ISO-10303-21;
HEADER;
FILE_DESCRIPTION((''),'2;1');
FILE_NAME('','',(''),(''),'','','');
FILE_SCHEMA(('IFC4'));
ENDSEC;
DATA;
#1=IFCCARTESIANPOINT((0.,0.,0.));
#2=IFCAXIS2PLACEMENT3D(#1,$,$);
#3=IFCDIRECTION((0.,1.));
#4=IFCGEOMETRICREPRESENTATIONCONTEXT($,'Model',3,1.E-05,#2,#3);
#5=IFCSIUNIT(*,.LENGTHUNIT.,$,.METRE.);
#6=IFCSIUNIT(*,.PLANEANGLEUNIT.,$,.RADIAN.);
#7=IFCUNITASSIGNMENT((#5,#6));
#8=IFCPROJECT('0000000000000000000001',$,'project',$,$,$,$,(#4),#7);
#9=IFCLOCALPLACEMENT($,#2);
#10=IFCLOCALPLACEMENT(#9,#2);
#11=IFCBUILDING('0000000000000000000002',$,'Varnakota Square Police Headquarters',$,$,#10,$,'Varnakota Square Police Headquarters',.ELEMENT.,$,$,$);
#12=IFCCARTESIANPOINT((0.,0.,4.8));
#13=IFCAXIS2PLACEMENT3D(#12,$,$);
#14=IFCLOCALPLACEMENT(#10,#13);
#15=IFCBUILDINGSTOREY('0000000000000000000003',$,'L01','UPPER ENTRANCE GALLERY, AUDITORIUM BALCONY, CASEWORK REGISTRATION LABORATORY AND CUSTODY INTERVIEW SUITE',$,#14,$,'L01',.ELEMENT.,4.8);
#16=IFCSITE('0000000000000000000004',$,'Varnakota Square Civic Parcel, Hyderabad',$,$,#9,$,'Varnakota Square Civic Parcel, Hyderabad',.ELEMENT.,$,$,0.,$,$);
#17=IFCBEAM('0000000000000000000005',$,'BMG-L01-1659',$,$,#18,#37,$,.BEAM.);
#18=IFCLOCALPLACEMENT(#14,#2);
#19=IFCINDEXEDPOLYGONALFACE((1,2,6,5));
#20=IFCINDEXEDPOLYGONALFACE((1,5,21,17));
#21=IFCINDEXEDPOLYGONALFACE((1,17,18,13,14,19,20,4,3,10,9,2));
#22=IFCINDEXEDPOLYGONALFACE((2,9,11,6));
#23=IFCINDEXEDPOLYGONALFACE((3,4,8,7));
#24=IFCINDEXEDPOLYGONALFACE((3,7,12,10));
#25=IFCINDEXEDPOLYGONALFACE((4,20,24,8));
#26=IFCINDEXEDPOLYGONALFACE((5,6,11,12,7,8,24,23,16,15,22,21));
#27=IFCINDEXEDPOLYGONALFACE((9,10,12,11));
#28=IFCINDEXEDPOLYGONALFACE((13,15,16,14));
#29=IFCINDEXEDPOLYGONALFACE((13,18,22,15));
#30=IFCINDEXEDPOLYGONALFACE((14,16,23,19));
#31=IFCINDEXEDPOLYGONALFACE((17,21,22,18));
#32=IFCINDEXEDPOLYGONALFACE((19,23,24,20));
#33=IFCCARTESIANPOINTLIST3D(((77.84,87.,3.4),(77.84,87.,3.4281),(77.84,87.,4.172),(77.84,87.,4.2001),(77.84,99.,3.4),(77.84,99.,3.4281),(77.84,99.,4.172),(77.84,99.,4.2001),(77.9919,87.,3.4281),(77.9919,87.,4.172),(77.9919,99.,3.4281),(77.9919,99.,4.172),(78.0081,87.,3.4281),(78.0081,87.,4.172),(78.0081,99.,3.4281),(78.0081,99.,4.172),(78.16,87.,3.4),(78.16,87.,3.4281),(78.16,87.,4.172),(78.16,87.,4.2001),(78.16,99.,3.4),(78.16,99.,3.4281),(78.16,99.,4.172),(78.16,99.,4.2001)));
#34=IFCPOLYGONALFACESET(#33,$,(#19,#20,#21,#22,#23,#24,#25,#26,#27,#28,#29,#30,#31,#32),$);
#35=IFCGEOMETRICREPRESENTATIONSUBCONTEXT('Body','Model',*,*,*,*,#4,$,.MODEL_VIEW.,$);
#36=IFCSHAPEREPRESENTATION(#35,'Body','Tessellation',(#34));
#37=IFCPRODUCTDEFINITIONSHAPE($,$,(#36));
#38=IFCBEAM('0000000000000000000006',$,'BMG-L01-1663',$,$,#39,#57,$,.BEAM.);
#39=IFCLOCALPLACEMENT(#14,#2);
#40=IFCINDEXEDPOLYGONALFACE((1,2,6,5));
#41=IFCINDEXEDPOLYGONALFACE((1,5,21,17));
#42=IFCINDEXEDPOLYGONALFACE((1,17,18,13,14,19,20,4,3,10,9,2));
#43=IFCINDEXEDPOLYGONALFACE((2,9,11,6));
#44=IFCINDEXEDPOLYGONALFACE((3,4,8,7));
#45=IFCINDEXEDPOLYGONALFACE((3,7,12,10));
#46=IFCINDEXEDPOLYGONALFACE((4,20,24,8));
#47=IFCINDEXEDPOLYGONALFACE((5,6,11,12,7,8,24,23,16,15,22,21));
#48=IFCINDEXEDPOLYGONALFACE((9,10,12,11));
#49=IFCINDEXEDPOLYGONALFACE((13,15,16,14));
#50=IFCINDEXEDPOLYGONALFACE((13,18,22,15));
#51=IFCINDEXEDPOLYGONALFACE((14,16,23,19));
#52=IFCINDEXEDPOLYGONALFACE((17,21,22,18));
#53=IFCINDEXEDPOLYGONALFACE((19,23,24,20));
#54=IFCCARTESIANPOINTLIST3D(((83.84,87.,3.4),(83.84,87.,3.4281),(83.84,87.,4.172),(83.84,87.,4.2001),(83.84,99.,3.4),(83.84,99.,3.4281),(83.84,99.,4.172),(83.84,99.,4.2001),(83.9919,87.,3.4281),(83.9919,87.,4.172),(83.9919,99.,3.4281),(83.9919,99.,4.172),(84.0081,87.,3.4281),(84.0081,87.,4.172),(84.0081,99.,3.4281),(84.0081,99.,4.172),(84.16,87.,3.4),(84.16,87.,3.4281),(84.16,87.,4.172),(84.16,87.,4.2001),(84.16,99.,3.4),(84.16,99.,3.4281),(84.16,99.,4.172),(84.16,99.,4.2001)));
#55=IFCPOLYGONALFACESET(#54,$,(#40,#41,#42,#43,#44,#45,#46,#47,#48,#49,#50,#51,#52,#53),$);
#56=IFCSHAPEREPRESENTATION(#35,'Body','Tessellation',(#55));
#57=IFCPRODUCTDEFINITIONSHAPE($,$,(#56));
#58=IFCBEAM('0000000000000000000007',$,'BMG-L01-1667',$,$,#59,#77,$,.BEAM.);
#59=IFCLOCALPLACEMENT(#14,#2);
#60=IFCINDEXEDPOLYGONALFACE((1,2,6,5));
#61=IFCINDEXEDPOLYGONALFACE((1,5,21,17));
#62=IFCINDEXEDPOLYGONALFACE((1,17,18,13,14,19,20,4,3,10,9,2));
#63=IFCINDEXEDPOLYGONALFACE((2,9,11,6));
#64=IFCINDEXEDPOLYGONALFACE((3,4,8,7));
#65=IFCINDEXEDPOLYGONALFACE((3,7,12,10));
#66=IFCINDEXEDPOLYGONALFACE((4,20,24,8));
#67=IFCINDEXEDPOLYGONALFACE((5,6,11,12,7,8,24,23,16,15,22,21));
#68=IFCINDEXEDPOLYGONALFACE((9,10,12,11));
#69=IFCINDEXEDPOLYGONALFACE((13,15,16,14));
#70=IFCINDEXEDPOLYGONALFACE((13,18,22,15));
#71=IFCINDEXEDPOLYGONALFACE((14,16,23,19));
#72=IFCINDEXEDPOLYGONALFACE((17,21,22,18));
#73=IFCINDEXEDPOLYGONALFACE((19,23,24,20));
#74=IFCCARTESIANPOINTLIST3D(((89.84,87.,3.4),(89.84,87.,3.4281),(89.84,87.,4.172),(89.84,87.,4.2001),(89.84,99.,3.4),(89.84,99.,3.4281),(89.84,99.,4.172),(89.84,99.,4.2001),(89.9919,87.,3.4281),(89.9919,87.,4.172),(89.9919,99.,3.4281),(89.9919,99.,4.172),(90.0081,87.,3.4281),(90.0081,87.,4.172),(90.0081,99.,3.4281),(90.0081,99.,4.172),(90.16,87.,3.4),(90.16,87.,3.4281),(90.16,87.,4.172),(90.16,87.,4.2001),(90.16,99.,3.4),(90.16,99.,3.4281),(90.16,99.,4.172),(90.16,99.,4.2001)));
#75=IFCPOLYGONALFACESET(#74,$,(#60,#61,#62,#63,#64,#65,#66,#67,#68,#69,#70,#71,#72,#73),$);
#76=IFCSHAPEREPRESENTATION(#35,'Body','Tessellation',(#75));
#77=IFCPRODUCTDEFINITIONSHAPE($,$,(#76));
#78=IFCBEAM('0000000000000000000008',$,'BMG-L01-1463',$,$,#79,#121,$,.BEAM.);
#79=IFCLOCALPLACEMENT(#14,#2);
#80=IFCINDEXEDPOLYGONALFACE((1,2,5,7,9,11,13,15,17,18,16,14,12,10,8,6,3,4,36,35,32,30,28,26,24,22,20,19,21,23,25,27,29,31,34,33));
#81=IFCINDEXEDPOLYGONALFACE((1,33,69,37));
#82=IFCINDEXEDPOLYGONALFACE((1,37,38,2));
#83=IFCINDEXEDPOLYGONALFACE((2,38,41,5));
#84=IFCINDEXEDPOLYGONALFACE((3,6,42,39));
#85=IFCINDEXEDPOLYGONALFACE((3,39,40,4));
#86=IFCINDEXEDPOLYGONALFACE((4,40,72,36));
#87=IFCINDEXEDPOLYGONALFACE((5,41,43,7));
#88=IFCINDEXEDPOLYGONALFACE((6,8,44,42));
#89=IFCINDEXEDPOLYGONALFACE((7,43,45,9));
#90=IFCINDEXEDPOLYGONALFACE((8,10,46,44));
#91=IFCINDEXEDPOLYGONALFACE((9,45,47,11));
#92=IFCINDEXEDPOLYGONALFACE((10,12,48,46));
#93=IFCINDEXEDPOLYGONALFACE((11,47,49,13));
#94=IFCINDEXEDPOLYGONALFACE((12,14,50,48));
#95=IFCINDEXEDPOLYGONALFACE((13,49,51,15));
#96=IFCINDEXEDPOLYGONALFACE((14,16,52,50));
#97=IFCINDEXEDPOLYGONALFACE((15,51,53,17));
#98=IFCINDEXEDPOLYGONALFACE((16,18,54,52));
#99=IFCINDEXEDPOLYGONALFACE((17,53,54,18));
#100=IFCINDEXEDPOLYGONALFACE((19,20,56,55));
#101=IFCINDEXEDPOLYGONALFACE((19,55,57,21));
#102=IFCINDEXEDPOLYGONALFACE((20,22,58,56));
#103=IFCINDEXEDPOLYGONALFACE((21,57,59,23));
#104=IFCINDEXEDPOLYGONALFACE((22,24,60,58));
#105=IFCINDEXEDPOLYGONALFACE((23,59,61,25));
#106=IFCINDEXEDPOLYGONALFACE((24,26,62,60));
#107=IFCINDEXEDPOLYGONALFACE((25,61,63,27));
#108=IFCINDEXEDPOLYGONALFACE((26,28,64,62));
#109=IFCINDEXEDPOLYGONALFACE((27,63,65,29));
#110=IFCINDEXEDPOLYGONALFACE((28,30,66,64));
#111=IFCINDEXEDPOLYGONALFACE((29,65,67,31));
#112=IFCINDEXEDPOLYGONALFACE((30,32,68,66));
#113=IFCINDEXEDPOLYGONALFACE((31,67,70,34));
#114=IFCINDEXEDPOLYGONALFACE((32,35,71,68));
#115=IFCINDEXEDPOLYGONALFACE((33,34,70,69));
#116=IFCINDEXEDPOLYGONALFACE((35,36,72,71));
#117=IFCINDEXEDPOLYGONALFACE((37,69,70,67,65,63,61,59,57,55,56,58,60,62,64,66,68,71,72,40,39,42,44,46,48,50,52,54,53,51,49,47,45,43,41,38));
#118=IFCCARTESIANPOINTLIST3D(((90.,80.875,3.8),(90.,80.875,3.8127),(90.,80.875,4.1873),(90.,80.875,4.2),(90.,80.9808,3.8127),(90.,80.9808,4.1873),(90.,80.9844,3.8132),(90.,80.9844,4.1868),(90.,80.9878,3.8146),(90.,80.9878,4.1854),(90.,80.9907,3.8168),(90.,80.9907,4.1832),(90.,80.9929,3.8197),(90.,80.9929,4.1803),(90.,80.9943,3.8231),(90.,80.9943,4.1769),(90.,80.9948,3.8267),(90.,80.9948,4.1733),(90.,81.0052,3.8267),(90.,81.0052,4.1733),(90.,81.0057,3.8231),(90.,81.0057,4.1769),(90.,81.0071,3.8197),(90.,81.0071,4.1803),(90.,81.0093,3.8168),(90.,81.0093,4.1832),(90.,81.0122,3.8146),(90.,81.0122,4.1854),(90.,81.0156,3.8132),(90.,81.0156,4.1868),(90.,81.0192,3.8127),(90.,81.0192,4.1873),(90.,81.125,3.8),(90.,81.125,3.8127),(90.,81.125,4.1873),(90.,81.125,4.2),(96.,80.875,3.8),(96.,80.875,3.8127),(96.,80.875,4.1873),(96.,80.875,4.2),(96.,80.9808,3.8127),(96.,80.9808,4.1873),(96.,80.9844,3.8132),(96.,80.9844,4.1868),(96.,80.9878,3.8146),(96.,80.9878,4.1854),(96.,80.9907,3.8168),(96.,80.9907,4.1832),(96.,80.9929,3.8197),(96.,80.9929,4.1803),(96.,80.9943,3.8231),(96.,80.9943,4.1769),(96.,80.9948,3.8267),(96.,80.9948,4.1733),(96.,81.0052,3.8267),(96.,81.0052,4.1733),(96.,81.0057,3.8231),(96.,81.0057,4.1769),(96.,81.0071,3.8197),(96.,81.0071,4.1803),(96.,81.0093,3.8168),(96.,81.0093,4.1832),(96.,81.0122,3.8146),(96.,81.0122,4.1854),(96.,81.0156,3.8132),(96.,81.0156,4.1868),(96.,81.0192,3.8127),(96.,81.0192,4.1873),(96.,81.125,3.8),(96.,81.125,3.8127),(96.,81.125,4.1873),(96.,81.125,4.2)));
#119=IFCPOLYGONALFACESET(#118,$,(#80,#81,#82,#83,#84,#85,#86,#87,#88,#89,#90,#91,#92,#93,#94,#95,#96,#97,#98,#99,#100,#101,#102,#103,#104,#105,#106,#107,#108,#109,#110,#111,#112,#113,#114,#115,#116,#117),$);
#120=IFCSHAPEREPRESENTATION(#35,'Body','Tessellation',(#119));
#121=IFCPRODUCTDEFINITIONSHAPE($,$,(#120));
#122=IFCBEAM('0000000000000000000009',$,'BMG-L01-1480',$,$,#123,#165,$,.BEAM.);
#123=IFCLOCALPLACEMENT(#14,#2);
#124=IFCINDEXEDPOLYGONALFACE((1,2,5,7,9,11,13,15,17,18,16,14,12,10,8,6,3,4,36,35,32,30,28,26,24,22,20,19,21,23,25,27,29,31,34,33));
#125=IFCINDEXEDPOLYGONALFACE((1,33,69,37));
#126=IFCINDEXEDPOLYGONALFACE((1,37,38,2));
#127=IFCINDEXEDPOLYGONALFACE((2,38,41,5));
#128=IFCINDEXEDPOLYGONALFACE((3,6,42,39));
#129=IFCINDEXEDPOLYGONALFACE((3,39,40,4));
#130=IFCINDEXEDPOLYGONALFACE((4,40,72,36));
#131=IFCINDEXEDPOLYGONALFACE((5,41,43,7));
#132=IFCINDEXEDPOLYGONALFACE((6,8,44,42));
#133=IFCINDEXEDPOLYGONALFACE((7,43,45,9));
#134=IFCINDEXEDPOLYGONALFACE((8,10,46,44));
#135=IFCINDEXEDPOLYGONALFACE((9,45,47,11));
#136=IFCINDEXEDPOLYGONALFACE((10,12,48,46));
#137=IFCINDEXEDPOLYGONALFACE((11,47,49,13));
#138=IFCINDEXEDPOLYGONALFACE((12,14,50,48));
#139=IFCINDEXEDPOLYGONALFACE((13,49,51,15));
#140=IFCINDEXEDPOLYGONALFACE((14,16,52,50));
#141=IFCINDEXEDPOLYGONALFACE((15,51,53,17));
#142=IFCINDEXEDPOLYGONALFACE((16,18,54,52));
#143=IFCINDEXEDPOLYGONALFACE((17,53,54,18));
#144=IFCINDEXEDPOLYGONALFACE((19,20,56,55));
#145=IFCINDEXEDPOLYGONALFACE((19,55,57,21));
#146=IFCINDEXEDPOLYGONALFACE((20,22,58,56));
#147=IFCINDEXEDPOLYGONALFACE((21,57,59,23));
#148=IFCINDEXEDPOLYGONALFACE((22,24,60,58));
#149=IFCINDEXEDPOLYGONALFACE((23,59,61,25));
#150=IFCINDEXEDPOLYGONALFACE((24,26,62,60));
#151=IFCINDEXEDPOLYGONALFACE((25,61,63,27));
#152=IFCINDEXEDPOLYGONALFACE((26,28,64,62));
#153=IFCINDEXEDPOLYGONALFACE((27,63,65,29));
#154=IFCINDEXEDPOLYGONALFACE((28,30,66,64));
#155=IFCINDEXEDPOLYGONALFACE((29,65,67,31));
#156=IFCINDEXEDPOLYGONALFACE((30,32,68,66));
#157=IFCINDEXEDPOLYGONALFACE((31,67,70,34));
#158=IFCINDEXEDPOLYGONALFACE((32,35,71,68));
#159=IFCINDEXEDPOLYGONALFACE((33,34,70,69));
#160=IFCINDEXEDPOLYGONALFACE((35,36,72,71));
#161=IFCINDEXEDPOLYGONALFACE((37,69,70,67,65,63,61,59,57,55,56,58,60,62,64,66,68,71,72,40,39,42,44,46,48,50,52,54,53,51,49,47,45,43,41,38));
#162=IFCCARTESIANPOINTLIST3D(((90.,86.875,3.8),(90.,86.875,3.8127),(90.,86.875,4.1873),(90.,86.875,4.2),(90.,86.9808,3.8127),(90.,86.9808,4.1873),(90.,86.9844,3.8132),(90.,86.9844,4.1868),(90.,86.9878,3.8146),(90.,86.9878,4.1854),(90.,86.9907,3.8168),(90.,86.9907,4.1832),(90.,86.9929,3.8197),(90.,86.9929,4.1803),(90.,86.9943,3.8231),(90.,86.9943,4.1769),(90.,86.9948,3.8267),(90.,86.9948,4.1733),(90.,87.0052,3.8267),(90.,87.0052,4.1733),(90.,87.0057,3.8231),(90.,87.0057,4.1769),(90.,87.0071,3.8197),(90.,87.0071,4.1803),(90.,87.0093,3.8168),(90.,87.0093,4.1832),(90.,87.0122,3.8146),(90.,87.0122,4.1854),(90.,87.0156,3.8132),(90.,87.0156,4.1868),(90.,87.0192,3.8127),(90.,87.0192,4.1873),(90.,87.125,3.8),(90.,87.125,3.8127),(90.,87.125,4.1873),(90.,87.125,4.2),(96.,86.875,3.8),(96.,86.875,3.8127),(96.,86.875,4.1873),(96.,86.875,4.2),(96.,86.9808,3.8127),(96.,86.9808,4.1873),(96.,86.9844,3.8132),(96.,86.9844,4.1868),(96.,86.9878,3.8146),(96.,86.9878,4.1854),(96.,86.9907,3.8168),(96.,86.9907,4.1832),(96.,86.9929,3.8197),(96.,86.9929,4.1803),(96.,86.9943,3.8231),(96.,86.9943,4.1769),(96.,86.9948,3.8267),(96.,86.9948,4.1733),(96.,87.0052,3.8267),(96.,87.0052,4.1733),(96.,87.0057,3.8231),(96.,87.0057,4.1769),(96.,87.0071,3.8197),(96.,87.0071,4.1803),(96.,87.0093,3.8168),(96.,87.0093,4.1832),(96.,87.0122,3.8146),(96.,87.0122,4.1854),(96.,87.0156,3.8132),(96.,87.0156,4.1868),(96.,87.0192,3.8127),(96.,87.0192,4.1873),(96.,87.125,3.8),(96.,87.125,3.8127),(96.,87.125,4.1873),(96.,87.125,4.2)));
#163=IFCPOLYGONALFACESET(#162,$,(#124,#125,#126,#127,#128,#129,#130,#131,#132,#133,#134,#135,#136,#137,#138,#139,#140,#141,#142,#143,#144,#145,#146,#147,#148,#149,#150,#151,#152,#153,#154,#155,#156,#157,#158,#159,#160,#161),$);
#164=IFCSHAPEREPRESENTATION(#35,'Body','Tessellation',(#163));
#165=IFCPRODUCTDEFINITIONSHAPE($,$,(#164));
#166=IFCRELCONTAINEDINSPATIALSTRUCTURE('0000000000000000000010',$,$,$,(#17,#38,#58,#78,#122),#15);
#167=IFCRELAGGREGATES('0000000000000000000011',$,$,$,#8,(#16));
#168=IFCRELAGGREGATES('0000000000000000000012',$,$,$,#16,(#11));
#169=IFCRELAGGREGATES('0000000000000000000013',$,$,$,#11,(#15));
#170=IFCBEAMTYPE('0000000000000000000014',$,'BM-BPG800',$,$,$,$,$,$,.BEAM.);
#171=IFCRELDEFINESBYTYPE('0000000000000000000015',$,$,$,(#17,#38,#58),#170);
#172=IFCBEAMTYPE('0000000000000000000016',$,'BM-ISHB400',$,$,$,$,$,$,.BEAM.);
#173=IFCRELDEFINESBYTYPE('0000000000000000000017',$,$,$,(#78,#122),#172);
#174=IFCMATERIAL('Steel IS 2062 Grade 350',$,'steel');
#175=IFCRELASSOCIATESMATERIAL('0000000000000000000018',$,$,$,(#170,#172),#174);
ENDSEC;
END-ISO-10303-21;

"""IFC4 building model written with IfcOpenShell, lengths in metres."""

from ifc_helpers import new_model, si_unit, direction, frame, origin, origin_2d, place, context, subcontext, project, spatial, i_section, extrude, material, material_profile, profile_set, type_object, element, save


model = new_model("IFC4")

# Units and contexts
model_context = context("Model", 3, precision=1e-05, world=origin(), true_north=direction((0.0, 1.0)))
body_context = subcontext(model_context, "Body", "Model", "MODEL_VIEW")
ifc_project = project(units=[si_unit("LENGTHUNIT", "METRE"), si_unit("PLANEANGLEUNIT", "RADIAN")], contexts=[model_context])

# Site, building, storey
site_placement = place(None, origin())
site = spatial("IfcSite", under=ifc_project, at=site_placement, Name="Varnakota Square Civic Parcel, Hyderabad", LongName="Varnakota Square Civic Parcel, Hyderabad", CompositionType="ELEMENT", RefElevation=0.0)
building_placement = place(site_placement, origin())
building = spatial("IfcBuilding", under=site, at=building_placement, Name="Varnakota Square Police Headquarters", LongName="Varnakota Square Police Headquarters", CompositionType="ELEMENT")
storey_placement = place(building_placement, frame((0.0, 0.0, 4.8)))
storey = spatial("IfcBuildingStorey", under=building, at=storey_placement, Name="L01", Description="UPPER ENTRANCE GALLERY, AUDITORIUM BALCONY, CASEWORK REGISTRATION LABORATORY AND CUSTODY INTERVIEW SUITE", LongName="L01", CompositionType="ELEMENT", Elevation=4.8)

# Shared definitions
ifc_material_1 = material(Name="Steel IS 2062 Grade 350", Category="steel")

# Beams
ifc_material_profile_1 = material_profile(ifc_material_1, i_section(OverallWidth=0.3201, OverallDepth=0.8, WebThickness=0.0161, FlangeThickness=0.0281, at=origin_2d()), Name="BPG 800x320")
ifc_profile_set_1 = profile_set([ifc_material_profile_1], Name="Steel IS 2062 Grade 350")
beam_type_1 = type_object("IfcBeamType", Name="BM-BPG800", PredefinedType="BEAM", material=ifc_profile_set_1)
for number, where, z_axis, x_axis, name in (
    (1, (78.0, 87.0, 3.8), (0.0, 1.0, 0.0), (-1.0, 0.0, 0.0), "BMG-L01-1659"),
    (2, (84.0, 87.0, 3.8), (0.0, 1.0, 0.0), (-1.0, 0.0, 0.0), "BMG-L01-1663"),
    (3, (90.0, 87.0, 3.8), (0.0, 1.0, 0.0), (-1.0, 0.0, 0.0), "BMG-L01-1667"),
):
    element("IfcBeam", number, at=place(storey_placement, frame(where, z_axis=z_axis, x_axis=x_axis)), inside=storey, type_object=beam_type_1, Name=name, PredefinedType="BEAM", context=body_context, shape_type="SweptSolid", body=[
        extrude(i_section(OverallWidth=0.3201, OverallDepth=0.8, WebThickness=0.0161, FlangeThickness=0.0281, at=origin_2d()), origin(), (0.0, 0.0, 1.0), 12.0),
    ])
ifc_material_profile_2 = material_profile(ifc_material_1, i_section(OverallWidth=0.25, OverallDepth=0.3999, WebThickness=0.0105, FlangeThickness=0.0127, FilletRadius=0.0139, at=origin_2d()), Name="ISHB 400")
ifc_profile_set_2 = profile_set([ifc_material_profile_2], Name="Steel IS 2062 Grade 350")
beam_type_2 = type_object("IfcBeamType", Name="BM-ISHB400", PredefinedType="BEAM", material=ifc_profile_set_2)
for number, where, z_axis, x_axis, name in (
    (4, (90.0, 81.0, 4.0), (1.0, 0.0, 0.0), (0.0, 1.0, 0.0), "BMG-L01-1463"),
    (5, (90.0, 87.0, 4.0), (1.0, 0.0, 0.0), (0.0, 1.0, 0.0), "BMG-L01-1480"),
):
    element("IfcBeam", number, at=place(storey_placement, frame(where, z_axis=z_axis, x_axis=x_axis)), inside=storey, type_object=beam_type_2, Name=name, PredefinedType="BEAM", context=body_context, shape_type="SweptSolid", body=[
        extrude(i_section(OverallWidth=0.25, OverallDepth=0.3999, WebThickness=0.0105, FlangeThickness=0.0127, FilletRadius=0.0139, at=origin_2d()), origin(), (0.0, 0.0, 1.0), 6.0),
    ])

save(model, "model.ifc")
